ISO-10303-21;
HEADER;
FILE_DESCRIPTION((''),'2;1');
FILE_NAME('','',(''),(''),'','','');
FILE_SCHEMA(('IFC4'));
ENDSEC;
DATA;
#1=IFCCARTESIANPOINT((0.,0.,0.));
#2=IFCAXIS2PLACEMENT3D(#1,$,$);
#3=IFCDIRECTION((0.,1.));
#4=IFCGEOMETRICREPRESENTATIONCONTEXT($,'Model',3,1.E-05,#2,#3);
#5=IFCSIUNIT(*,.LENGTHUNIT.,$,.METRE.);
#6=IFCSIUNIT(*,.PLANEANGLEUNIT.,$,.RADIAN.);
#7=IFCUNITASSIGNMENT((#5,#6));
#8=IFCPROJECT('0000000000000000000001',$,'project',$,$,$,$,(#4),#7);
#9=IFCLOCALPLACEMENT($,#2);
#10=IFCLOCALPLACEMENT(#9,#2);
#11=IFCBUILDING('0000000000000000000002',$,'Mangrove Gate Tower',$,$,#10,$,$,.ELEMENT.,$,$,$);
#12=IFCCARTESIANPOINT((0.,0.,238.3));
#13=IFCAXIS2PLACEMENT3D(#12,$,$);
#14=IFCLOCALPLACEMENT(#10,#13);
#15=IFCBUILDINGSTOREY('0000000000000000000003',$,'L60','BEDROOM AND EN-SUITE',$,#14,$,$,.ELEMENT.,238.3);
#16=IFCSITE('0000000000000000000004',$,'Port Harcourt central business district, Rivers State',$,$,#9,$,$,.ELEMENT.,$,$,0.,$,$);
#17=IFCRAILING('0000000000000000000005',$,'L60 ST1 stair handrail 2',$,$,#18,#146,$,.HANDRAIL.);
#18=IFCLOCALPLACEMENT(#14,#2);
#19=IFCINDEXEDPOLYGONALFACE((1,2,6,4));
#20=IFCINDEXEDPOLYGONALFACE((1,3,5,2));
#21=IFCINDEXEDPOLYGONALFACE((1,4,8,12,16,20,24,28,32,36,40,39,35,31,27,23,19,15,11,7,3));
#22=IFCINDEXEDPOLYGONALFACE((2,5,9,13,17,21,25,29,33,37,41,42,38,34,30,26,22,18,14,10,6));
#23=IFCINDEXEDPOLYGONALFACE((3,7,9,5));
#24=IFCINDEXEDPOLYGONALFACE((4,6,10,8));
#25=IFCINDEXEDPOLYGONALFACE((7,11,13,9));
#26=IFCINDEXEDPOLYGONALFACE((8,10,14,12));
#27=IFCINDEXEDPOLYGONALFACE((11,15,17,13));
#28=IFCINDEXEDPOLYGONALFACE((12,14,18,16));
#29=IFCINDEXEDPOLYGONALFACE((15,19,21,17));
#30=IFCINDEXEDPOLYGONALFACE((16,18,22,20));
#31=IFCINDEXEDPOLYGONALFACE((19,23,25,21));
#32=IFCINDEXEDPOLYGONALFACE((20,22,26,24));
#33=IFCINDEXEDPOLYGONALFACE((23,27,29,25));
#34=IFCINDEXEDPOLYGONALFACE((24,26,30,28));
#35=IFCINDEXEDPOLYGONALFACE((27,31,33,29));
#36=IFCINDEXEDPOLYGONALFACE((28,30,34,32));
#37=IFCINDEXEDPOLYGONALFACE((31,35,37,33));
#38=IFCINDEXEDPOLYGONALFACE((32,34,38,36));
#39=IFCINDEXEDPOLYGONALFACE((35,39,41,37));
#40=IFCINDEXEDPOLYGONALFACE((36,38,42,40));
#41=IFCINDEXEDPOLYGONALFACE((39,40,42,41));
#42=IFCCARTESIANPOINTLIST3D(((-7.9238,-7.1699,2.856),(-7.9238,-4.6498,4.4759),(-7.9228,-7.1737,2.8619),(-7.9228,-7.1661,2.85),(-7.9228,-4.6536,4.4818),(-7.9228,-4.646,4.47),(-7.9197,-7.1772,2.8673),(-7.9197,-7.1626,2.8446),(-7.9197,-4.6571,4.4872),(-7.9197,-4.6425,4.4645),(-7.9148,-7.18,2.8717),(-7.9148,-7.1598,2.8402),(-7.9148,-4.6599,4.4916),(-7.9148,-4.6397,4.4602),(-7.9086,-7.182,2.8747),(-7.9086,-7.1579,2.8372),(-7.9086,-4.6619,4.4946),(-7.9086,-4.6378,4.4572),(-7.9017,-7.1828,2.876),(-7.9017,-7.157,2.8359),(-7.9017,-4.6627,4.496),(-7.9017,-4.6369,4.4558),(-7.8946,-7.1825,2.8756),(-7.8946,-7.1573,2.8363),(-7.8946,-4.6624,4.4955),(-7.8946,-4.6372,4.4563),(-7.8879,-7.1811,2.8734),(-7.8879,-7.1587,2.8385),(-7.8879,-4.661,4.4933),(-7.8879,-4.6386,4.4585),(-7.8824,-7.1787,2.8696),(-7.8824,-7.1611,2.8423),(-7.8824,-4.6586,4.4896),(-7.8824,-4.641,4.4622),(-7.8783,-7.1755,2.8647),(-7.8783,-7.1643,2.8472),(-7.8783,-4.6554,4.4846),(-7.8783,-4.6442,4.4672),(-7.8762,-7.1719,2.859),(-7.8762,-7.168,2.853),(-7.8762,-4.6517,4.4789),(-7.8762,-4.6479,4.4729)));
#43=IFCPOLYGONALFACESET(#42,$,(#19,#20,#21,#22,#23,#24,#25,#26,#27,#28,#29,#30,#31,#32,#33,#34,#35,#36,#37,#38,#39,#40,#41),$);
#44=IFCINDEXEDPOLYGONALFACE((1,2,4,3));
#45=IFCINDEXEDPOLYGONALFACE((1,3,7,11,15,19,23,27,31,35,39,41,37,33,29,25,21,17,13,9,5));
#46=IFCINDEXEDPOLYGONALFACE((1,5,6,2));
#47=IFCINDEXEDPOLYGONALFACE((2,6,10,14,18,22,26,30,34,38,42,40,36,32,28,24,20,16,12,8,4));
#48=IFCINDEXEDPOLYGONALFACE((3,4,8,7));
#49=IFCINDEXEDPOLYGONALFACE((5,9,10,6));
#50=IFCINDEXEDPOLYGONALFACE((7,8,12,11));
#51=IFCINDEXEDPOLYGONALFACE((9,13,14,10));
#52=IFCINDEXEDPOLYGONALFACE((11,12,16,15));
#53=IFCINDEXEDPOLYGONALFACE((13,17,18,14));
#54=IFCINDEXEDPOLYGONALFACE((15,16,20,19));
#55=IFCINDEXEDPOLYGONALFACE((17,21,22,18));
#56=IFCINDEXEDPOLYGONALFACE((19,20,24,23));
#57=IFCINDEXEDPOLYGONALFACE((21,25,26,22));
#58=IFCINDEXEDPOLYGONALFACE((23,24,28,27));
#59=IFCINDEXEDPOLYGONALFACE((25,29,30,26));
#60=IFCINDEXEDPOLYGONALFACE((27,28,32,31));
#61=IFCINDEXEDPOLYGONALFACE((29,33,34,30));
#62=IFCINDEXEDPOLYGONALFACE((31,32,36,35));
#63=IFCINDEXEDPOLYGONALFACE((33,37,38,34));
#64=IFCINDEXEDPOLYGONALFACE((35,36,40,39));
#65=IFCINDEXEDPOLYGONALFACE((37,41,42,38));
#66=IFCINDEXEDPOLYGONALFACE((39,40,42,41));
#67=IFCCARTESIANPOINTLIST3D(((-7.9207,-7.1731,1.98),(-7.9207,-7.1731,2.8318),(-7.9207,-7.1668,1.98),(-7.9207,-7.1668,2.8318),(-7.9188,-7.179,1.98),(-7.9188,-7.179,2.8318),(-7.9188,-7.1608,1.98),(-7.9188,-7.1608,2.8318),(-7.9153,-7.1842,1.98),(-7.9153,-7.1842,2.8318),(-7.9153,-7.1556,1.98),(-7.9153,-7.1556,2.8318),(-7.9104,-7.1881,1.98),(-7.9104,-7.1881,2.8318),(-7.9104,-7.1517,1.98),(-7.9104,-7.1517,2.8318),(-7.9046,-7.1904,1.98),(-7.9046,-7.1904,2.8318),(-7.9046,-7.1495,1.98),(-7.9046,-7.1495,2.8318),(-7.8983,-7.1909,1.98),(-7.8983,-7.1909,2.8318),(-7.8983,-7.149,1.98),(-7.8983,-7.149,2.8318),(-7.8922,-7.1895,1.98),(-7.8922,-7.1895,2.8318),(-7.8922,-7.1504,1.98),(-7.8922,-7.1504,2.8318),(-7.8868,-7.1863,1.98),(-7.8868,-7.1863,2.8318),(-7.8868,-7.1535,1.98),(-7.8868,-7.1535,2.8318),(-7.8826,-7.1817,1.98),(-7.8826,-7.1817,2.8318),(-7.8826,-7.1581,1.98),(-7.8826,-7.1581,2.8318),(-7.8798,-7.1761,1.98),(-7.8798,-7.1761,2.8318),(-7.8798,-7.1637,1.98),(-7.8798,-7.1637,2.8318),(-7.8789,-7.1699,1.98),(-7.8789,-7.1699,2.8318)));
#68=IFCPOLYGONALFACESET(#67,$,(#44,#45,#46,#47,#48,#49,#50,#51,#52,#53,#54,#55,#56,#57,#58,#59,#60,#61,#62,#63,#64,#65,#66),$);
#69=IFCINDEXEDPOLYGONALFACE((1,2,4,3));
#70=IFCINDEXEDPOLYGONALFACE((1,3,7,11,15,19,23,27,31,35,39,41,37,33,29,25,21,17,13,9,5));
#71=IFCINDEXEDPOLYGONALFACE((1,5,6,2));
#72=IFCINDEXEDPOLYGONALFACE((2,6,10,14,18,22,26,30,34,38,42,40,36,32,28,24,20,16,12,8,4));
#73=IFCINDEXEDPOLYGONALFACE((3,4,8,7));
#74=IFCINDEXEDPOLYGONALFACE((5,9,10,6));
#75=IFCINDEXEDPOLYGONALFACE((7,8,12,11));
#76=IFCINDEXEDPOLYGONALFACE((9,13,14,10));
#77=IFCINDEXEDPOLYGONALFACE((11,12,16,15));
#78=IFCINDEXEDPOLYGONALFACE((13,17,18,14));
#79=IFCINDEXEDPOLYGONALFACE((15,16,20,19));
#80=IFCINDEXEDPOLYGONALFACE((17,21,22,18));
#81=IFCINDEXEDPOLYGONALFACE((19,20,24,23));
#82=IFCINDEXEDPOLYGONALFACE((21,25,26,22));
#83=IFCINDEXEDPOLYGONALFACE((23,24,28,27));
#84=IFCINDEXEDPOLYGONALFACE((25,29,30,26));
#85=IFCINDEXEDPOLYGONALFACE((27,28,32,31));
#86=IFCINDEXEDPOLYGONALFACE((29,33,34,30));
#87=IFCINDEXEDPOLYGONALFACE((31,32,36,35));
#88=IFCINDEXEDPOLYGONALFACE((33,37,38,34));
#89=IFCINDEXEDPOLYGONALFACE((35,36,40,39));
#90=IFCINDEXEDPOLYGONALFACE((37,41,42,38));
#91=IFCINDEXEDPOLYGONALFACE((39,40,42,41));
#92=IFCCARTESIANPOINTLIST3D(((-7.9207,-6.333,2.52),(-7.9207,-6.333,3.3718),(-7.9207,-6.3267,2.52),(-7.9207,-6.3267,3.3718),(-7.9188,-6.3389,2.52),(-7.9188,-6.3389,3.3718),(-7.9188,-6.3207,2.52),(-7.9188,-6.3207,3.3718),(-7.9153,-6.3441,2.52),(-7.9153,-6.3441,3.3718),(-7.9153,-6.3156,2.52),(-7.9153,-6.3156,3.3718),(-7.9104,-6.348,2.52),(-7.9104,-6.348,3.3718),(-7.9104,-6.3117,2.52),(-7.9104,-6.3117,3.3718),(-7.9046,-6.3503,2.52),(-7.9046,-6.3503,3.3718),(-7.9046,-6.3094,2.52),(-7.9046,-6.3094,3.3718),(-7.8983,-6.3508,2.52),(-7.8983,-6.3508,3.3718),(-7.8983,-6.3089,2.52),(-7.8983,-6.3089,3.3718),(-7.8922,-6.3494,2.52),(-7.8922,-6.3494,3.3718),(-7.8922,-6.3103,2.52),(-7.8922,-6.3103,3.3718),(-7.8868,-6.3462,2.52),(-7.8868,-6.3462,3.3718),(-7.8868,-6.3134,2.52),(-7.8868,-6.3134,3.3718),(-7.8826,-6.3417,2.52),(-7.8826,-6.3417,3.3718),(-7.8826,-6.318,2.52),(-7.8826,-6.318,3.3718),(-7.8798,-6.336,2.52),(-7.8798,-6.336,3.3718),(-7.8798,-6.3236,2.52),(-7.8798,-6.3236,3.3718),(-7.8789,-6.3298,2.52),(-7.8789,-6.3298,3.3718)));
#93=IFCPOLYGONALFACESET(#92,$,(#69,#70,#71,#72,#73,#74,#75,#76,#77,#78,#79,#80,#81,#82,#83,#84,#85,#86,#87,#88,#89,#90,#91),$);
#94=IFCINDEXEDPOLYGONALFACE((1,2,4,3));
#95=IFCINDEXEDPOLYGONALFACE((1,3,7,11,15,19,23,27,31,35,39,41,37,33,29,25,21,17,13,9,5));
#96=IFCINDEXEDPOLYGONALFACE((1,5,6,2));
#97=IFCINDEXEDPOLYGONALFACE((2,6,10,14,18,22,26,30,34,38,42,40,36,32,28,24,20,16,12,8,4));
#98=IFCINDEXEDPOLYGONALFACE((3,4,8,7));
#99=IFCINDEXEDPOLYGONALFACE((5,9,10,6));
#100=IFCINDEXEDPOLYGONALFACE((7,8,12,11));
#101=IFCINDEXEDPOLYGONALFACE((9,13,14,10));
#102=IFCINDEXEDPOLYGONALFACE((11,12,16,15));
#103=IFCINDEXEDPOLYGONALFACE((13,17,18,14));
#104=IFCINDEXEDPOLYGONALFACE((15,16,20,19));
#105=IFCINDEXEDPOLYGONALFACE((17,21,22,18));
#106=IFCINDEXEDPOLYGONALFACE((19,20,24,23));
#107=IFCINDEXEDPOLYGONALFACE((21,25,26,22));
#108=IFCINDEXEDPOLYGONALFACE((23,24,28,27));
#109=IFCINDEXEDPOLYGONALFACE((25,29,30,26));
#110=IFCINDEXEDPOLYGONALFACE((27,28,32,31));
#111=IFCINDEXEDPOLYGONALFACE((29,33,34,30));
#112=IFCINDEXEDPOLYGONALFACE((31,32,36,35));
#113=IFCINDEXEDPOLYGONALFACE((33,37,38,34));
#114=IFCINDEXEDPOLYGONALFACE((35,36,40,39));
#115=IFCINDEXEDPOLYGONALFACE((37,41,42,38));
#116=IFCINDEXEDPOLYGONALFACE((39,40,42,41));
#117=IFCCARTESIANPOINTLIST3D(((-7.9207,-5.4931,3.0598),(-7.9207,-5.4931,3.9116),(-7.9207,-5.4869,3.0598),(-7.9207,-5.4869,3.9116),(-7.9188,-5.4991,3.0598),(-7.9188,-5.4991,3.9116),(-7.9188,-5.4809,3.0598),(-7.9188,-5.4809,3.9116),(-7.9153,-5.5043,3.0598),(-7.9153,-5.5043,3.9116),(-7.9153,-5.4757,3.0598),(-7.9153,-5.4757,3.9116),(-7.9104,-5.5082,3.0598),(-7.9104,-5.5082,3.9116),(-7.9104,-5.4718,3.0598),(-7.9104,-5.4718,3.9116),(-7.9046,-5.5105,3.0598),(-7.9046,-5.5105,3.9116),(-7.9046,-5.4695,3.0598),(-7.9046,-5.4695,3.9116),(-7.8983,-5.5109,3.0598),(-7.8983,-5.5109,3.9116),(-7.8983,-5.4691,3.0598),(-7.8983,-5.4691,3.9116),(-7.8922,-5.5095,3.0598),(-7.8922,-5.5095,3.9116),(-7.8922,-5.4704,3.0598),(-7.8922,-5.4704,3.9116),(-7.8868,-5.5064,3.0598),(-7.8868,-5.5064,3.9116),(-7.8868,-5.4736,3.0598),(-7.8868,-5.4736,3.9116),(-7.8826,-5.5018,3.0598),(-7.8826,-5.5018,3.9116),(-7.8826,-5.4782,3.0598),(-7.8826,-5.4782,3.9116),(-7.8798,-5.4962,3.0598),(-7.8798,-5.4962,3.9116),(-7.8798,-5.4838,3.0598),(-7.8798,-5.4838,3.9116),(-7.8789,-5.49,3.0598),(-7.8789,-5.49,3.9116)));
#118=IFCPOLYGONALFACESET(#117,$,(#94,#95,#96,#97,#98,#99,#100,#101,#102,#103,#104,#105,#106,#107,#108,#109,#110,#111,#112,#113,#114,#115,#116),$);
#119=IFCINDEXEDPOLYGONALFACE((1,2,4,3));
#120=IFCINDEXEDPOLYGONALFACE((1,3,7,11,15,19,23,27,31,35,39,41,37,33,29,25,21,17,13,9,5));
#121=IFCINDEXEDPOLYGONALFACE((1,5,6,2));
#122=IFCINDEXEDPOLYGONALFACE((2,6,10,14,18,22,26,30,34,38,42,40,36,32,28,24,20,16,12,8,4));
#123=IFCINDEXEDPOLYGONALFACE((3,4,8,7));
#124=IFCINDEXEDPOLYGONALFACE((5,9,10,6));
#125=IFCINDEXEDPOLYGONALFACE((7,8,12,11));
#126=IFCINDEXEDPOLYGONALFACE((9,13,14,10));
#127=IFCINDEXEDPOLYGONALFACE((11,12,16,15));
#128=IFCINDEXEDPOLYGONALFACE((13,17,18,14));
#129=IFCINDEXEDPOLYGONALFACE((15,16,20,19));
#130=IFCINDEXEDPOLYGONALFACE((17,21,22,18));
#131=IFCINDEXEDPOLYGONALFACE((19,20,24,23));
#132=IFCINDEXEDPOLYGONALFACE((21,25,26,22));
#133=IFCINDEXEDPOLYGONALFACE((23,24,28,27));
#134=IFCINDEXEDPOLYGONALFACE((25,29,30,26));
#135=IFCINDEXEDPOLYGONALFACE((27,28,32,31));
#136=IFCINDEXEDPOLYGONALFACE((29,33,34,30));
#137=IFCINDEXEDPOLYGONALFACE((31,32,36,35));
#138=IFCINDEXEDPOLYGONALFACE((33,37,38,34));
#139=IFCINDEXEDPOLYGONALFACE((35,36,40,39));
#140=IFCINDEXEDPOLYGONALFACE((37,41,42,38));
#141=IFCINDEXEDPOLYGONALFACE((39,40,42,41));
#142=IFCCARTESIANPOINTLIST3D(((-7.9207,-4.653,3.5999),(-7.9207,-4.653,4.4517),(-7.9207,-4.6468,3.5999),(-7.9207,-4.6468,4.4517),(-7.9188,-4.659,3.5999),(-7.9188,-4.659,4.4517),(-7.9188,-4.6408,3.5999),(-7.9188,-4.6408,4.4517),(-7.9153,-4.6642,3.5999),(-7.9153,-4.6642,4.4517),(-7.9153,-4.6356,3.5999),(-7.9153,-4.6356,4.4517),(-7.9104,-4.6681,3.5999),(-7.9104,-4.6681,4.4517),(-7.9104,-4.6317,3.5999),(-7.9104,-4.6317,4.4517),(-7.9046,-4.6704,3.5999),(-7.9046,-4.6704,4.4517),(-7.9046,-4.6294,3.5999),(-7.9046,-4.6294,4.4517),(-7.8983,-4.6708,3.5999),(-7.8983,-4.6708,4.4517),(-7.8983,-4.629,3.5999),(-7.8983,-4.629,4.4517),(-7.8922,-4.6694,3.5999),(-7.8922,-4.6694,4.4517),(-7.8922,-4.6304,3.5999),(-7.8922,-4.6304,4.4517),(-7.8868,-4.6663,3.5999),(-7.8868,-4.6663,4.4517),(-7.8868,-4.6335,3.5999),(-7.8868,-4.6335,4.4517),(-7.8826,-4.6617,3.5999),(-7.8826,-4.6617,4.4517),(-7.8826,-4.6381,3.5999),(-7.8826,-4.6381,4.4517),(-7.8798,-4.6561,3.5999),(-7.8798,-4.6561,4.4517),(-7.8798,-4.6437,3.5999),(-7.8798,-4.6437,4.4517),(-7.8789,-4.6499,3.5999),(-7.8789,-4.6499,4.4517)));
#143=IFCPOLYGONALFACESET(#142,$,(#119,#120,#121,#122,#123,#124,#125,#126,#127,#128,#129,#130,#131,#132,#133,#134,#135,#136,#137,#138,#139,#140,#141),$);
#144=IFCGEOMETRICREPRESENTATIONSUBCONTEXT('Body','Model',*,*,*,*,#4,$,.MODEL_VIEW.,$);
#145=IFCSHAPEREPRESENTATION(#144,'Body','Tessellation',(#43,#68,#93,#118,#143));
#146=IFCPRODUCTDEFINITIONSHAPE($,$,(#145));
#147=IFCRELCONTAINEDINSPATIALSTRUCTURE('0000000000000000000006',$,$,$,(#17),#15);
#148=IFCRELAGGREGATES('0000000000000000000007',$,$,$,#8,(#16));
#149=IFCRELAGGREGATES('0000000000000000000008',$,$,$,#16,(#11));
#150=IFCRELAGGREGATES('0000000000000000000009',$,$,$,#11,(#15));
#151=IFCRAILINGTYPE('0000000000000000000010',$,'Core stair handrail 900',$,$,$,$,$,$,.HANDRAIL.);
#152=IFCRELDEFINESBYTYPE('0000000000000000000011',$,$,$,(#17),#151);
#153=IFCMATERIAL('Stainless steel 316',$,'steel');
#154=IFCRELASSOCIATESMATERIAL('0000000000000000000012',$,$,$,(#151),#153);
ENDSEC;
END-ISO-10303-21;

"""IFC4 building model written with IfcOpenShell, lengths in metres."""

from ifc_helpers import new_model, si_unit, direction, frame, origin, origin_2d, place, context, subcontext, project, spatial, circle, extrude, material, type_object, element, save


model = new_model("IFC4")

# Units and contexts
model_context = context("Model", 3, precision=1e-05, world=origin(), true_north=direction((0.0, 1.0)))
body_context = subcontext(model_context, "Body", "Model", "MODEL_VIEW")
ifc_project = project(units=[si_unit("LENGTHUNIT", "METRE"), si_unit("PLANEANGLEUNIT", "RADIAN")], contexts=[model_context])

# Site, building, storey
site_placement = place(None, origin())
site = spatial("IfcSite", under=ifc_project, at=site_placement, Name="Port Harcourt central business district, Rivers State", CompositionType="ELEMENT", RefElevation=0.0)
building_placement = place(site_placement, origin())
building = spatial("IfcBuilding", under=site, at=building_placement, Name="Mangrove Gate Tower", CompositionType="ELEMENT")
storey_placement = place(building_placement, frame((0.0, 0.0, 238.3)))
storey = spatial("IfcBuildingStorey", under=building, at=storey_placement, Name="L60", Description="BEDROOM AND EN-SUITE", CompositionType="ELEMENT", Elevation=238.3)

# Railing
ifc_material_1 = material(Name="Stainless steel 316", Category="steel")
railing_type_1 = type_object("IfcRailingType", Name="Core stair handrail 900", PredefinedType="HANDRAIL", material=ifc_material_1)
railing_1_placement = place(storey_placement, frame((-7.8999, -7.1699, 1.98)))
element("IfcRailing", 1, at=railing_1_placement, inside=storey, type_object=railing_type_1, Name="L60 ST1 stair handrail 2", PredefinedType="HANDRAIL", context=body_context, shape_type="SweptSolid", body=[
    extrude(circle(Radius=0.0239, at=origin_2d()), frame((0.0, 0.0, 0.876), z_axis=(0.0, 0.8412, 0.540725), x_axis=(-1.0, 0.0, 0.0)), (0.0, 0.0, 1.0), 2.9958),
    extrude(circle(Radius=0.021, at=origin_2d()), origin(), (0.0, 0.0, 1.0), 0.8518),
    extrude(circle(Radius=0.021, at=origin_2d()), frame((0.0, 0.8401, 0.54)), (0.0, 0.0, 1.0), 0.8518),
    extrude(circle(Radius=0.021, at=origin_2d()), frame((0.0, 1.6799, 1.0798)), (0.0, 0.0, 1.0), 0.8518),
    extrude(circle(Radius=0.021, at=origin_2d()), frame((0.0, 2.52, 1.6199)), (0.0, 0.0, 1.0), 0.8518),
])

save(model, "model.ifc")
